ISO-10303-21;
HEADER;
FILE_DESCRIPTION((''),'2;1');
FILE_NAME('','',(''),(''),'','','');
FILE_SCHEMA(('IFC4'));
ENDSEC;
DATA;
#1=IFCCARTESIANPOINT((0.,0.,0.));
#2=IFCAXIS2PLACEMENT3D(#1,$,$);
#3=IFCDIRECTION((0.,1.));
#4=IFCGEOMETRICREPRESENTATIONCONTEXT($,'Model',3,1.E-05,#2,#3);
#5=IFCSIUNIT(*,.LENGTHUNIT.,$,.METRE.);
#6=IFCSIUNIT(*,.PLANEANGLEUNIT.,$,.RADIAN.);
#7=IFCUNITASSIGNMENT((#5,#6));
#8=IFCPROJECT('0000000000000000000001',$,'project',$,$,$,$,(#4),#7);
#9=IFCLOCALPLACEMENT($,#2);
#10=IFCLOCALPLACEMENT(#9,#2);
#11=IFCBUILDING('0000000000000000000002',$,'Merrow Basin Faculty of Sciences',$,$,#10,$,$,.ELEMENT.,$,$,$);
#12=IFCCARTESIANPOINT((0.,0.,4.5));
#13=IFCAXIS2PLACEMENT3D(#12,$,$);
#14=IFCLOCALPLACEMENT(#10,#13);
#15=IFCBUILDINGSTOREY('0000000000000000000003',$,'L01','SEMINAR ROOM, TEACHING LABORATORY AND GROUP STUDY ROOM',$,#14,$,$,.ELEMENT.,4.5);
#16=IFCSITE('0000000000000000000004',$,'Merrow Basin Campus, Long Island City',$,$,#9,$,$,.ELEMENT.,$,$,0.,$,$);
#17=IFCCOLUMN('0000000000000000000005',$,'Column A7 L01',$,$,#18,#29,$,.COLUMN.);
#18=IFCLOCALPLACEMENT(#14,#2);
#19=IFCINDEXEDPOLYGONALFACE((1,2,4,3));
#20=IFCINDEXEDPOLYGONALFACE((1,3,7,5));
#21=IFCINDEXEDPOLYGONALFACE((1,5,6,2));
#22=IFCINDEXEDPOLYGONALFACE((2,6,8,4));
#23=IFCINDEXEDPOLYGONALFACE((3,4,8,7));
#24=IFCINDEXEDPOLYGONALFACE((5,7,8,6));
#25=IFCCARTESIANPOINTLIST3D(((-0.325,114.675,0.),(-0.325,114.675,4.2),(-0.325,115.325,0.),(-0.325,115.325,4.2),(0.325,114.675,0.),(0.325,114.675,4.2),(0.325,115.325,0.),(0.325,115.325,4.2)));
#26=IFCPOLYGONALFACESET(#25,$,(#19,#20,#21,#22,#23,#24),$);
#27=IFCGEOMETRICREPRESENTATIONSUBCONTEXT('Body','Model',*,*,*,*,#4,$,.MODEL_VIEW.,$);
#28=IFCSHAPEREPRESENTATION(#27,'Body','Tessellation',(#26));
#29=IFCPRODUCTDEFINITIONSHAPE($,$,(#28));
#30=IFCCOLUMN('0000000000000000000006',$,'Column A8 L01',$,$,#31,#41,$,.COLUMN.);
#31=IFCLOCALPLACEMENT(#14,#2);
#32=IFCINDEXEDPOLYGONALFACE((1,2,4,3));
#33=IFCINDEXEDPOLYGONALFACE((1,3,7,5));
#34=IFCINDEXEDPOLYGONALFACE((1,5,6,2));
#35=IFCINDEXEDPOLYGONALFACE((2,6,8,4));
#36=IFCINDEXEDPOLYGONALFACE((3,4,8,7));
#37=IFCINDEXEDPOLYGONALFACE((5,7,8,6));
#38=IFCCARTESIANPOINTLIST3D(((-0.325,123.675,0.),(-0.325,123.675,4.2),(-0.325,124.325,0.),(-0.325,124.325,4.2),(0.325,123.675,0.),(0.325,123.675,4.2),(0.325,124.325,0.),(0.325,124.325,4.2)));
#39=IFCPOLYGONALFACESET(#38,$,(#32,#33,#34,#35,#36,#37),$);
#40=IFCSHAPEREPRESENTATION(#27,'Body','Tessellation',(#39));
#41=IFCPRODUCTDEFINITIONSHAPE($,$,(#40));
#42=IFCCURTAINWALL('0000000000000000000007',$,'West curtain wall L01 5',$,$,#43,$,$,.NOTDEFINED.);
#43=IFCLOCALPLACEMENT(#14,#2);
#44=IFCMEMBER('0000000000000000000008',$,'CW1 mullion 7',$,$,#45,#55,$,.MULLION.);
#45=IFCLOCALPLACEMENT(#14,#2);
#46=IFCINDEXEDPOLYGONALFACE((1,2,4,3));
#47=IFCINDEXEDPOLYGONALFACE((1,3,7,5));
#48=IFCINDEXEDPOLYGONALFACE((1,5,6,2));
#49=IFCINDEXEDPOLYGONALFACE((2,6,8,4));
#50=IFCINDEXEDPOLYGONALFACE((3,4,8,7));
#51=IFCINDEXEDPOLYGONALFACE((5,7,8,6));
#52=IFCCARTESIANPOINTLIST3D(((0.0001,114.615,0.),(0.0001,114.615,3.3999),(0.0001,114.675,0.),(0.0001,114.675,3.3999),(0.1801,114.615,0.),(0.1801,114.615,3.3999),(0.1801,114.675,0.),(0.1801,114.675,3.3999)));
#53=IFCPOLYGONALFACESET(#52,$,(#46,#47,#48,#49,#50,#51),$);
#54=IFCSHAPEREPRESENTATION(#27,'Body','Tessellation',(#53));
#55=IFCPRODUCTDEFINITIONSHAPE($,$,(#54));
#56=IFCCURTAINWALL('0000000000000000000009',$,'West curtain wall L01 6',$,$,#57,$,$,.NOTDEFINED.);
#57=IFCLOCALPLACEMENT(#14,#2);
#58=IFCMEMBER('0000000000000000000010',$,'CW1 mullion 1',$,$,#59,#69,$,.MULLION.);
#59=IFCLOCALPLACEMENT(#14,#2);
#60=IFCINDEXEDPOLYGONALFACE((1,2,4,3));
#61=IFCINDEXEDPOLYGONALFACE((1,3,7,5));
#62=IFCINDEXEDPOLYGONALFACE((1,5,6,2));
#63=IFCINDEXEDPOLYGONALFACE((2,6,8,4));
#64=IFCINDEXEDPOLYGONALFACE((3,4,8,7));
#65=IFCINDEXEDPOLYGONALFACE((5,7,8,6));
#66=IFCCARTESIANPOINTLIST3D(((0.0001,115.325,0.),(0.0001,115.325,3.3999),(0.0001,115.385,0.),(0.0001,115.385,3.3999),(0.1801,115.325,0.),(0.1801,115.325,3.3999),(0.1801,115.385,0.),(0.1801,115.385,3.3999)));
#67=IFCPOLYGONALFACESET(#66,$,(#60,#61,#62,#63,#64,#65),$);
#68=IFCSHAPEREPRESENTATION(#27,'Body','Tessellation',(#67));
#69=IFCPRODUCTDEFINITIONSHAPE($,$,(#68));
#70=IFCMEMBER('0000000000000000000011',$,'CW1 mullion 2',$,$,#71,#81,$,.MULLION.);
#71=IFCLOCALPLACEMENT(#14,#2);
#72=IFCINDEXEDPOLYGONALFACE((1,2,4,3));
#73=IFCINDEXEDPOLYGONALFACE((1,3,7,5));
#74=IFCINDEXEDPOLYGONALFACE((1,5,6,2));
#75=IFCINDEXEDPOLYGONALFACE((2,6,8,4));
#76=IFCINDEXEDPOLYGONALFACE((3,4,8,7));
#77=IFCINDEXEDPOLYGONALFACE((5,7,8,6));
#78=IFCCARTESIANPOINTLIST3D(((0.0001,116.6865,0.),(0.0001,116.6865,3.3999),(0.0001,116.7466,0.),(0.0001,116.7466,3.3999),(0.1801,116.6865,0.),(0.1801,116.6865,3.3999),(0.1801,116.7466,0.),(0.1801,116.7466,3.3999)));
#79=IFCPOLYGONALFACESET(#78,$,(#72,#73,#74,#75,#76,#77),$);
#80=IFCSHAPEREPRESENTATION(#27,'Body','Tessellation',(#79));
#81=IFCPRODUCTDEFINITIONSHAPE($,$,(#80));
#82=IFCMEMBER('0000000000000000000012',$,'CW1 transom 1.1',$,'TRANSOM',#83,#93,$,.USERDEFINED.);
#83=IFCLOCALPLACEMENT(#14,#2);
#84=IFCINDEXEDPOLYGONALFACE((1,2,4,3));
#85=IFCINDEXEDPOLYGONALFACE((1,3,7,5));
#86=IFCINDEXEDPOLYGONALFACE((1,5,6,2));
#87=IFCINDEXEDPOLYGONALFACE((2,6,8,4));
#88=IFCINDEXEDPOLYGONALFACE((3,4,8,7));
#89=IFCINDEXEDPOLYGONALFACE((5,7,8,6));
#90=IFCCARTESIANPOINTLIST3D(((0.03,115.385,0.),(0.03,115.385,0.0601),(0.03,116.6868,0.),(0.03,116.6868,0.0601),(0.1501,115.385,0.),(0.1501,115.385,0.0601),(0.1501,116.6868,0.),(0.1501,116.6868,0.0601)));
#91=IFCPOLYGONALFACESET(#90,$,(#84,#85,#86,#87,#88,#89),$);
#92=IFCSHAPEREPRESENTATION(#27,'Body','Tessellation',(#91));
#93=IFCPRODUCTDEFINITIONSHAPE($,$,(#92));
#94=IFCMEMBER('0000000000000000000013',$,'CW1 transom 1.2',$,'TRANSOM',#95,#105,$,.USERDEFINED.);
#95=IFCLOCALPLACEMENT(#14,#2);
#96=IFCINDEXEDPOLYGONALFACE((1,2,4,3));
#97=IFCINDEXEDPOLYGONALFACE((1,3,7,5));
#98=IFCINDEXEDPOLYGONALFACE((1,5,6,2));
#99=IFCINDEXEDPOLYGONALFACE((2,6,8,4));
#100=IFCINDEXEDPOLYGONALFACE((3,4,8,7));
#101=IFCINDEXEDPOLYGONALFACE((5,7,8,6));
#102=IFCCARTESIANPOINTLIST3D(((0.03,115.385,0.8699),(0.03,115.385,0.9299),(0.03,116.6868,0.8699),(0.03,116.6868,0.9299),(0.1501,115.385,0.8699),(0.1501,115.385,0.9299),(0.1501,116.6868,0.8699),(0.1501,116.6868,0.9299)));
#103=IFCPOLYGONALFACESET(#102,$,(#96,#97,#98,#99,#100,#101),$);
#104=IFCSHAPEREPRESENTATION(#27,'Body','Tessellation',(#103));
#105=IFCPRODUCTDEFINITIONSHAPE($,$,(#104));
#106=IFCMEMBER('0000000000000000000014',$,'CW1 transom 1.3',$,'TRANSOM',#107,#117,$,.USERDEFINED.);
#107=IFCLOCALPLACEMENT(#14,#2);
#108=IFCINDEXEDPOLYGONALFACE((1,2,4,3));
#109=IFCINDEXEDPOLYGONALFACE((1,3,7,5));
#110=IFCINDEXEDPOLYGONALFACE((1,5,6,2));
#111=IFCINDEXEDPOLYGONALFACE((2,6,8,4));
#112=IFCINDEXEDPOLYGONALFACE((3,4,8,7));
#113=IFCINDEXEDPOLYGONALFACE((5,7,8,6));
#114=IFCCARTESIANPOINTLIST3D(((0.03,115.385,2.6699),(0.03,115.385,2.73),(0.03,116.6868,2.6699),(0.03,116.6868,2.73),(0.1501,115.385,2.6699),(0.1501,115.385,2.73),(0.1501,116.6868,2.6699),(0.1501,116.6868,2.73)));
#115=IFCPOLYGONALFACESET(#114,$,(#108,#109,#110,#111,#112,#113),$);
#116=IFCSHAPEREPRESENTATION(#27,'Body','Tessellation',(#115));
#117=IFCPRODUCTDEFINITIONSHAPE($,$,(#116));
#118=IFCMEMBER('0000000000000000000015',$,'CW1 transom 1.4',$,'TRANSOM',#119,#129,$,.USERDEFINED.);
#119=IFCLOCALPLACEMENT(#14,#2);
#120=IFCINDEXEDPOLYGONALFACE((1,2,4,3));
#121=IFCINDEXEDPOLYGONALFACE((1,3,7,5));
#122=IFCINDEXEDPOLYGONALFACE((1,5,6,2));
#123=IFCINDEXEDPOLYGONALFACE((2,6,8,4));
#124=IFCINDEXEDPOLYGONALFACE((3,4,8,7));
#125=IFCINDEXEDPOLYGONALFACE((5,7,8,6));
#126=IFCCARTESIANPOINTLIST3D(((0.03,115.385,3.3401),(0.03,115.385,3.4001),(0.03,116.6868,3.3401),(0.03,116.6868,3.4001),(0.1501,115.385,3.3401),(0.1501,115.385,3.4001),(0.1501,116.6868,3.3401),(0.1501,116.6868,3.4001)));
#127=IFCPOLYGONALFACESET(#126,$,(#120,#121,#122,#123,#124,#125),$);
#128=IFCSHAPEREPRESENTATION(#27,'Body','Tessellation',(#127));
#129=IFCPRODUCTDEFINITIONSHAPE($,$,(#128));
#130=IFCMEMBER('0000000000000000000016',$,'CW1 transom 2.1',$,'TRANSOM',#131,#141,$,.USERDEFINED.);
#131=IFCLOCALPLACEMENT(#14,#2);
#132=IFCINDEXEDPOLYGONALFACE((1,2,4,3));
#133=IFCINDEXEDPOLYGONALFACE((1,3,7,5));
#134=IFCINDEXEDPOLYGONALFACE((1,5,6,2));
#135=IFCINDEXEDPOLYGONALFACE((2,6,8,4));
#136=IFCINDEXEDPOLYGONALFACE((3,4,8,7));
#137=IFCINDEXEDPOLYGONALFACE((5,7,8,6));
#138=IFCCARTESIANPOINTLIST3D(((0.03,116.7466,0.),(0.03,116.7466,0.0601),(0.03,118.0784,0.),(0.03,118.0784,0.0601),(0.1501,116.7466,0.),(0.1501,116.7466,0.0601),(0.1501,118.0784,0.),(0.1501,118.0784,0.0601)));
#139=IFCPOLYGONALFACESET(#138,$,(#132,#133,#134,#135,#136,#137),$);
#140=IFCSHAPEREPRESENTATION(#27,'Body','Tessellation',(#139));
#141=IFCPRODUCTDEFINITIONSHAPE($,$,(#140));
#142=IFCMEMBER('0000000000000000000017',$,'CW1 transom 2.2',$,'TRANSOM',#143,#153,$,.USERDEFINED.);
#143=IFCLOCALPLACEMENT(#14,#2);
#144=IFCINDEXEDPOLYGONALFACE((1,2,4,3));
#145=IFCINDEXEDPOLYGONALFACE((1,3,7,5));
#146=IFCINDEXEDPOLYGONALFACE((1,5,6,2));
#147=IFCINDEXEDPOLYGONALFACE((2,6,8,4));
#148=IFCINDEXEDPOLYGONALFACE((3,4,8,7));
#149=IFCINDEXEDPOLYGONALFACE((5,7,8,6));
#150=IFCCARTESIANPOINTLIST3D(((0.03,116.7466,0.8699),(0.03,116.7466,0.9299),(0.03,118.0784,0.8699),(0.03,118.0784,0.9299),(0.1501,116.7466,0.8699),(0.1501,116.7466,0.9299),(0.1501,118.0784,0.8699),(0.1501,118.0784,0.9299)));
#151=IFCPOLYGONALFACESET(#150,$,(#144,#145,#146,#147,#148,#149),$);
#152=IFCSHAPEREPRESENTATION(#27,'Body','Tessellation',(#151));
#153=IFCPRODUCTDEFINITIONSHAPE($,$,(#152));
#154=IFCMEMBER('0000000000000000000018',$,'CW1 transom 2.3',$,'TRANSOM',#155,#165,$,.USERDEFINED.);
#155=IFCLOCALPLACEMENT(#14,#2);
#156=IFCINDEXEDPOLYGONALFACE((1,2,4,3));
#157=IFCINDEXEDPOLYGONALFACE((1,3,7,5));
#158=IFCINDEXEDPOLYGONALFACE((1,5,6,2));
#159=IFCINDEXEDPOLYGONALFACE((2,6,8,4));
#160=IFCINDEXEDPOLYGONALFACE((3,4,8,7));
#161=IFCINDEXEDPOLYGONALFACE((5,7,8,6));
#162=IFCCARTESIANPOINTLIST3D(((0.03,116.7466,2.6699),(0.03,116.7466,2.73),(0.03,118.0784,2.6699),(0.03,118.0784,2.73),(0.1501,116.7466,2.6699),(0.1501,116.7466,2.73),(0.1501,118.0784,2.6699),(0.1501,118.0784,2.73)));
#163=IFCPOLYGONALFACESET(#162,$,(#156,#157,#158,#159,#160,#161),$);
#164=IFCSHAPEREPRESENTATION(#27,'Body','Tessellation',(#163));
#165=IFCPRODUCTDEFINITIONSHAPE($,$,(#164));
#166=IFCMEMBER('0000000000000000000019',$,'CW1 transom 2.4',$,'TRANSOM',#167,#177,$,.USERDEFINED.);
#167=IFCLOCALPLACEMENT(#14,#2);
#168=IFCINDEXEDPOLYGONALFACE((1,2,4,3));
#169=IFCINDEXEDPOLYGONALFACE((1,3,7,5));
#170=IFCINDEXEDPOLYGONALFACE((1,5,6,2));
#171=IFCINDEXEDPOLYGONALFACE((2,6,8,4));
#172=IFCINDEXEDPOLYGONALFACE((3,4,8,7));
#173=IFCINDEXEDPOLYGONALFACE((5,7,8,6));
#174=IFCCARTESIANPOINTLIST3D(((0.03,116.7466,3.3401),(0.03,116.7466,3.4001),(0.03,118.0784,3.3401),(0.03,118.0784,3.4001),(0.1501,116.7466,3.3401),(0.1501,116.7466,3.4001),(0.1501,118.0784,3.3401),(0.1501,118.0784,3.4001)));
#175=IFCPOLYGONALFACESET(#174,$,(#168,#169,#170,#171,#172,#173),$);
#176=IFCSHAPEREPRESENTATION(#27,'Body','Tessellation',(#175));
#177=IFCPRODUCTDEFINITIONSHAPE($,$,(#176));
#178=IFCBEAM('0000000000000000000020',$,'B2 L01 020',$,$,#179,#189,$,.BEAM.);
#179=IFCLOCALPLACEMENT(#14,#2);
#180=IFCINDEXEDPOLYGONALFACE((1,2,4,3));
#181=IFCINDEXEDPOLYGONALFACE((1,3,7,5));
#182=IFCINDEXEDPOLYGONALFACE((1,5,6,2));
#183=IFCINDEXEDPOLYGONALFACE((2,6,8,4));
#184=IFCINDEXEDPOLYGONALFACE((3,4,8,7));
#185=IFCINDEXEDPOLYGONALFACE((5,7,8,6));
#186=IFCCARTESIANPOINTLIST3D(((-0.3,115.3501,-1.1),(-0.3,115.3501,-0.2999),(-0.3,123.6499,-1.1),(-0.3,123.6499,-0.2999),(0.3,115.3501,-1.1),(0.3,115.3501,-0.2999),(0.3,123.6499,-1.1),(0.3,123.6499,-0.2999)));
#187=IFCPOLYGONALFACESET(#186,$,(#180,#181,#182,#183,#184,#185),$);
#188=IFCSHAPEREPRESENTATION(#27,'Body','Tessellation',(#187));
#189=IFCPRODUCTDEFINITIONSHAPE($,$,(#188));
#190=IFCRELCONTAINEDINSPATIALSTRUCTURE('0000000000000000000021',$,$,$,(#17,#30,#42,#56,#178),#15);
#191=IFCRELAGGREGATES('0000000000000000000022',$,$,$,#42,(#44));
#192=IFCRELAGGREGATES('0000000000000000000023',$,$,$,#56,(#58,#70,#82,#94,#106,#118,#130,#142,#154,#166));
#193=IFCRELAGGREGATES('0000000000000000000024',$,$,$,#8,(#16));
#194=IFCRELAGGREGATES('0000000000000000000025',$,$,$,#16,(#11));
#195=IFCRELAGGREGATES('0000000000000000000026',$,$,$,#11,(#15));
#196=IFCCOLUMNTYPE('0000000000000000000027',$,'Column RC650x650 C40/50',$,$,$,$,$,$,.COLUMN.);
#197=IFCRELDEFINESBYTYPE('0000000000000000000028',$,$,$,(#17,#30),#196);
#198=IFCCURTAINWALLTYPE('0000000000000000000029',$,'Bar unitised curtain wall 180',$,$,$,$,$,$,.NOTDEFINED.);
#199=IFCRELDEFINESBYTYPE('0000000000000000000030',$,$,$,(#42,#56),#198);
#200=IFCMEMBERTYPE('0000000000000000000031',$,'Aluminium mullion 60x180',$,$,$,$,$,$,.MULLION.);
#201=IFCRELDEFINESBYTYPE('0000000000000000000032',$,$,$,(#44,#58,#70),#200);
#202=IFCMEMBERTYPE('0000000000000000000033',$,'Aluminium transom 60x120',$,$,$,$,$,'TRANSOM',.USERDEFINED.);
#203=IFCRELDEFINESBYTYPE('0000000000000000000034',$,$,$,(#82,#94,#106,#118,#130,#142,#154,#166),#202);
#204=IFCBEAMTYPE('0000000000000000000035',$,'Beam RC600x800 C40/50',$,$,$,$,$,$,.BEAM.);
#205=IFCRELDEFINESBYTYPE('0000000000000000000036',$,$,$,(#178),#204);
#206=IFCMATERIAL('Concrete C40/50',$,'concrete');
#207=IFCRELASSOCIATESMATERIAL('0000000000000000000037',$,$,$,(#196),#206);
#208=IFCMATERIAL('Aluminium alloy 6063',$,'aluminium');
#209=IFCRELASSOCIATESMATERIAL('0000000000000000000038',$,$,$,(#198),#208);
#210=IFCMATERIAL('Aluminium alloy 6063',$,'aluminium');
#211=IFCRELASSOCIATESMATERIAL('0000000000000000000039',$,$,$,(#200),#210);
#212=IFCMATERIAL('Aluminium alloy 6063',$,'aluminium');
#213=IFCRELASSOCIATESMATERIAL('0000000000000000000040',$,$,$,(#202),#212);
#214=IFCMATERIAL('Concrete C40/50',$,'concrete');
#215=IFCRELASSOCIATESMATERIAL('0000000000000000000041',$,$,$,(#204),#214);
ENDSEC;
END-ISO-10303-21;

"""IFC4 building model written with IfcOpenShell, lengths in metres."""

from ifc_helpers import new_model, si_unit, direction, frame, origin, origin_2d, place, context, subcontext, project, spatial, rectangle, extrude, material, material_profile, profile_set, type_object, element, aggregate, save


model = new_model("IFC4")

# Units and contexts
model_context = context("Model", 3, precision=1e-05, world=origin(), true_north=direction((0.0, 1.0)))
body_context = subcontext(model_context, "Body", "Model", "MODEL_VIEW")
ifc_project = project(units=[si_unit("LENGTHUNIT", "METRE"), si_unit("PLANEANGLEUNIT", "RADIAN")], contexts=[model_context])

# Site, building, storey
site_placement = place(None, origin())
site = spatial("IfcSite", under=ifc_project, at=site_placement, Name="Merrow Basin Campus, Long Island City", CompositionType="ELEMENT", RefElevation=0.0)
building_placement = place(site_placement, origin())
building = spatial("IfcBuilding", under=site, at=building_placement, Name="Merrow Basin Faculty of Sciences", CompositionType="ELEMENT")
storey_placement = place(building_placement, frame((0.0, 0.0, 4.5)))
storey = spatial("IfcBuildingStorey", under=building, at=storey_placement, Name="L01", Description="SEMINAR ROOM, TEACHING LABORATORY AND GROUP STUDY ROOM", CompositionType="ELEMENT", Elevation=4.5)

# Columns
ifc_material_1 = material(Name="Concrete C40/50", Category="concrete")
ifc_material_profile_1 = material_profile(ifc_material_1, rectangle(XDim=0.6499, YDim=0.6499, at=origin_2d()))
ifc_profile_set_1 = profile_set([ifc_material_profile_1], Name="Concrete C40/50")
column_type = type_object("IfcColumnType", Name="Column RC650x650 C40/50", PredefinedType="COLUMN", material=ifc_profile_set_1)
for number, where, z_axis, x_axis, name in (
    (1, (0.0, 115.0, 0.0), (0.0, 0.0, 1.0), (1.0, 0.0, 0.0), "Column A7 L01"),
    (2, (0.0, 124.0, 0.0), (0.0, 0.0, 1.0), (1.0, 0.0, 0.0), "Column A8 L01"),
):
    element("IfcColumn", number, at=place(storey_placement, frame(where, z_axis=z_axis, x_axis=x_axis)), inside=storey, type_object=column_type, Name=name, PredefinedType="COLUMN", context=body_context, shape_type="SweptSolid", body=[
        extrude(rectangle(XDim=0.6499, YDim=0.6499, at=origin_2d()), origin(), (0.0, 0.0, 1.0), 4.2),
    ])

# Curtain wall, member
ifc_material_2 = material(Name="Aluminium alloy 6063", Category="aluminium")
curtain_wall_type = type_object("IfcCurtainWallType", Name="Bar unitised curtain wall 180", PredefinedType="NOTDEFINED", material=ifc_material_2)
curtain_wall_1_placement = place(storey_placement, origin())
curtain_wall_1 = element("IfcCurtainWall", 3, at=curtain_wall_1_placement, inside=storey, type_object=curtain_wall_type, Name="West curtain wall L01 5", PredefinedType="NOTDEFINED")
ifc_material_3 = material(Name="Aluminium alloy 6063", Category="aluminium")
ifc_material_profile_2 = material_profile(ifc_material_3, rectangle(XDim=0.1799, YDim=0.0601, at=origin_2d()))
ifc_profile_set_2 = profile_set([ifc_material_profile_2], Name="Aluminium alloy 6063")
member_type_1 = type_object("IfcMemberType", Name="Aluminium mullion 60x180", PredefinedType="MULLION", material=ifc_profile_set_2)
member_1_placement = place(storey_placement, frame((0.0901, 114.645, 0.0), z_axis=(0.0, 0.0, 1.0), x_axis=(-1.0, 0.0, 0.0)))
member_1 = element("IfcMember", 4, at=member_1_placement, type_object=member_type_1, Name="CW1 mullion 7", PredefinedType="MULLION", context=body_context, shape_type="SweptSolid", body=[
    extrude(rectangle(XDim=0.1799, YDim=0.0601, at=origin_2d()), origin(), (0.0, 0.0, 1.0), 3.3999),
])

# Curtain wall, members
curtain_wall_2_placement = place(storey_placement, origin())
curtain_wall_2 = element("IfcCurtainWall", 5, at=curtain_wall_2_placement, inside=storey, type_object=curtain_wall_type, Name="West curtain wall L01 6", PredefinedType="NOTDEFINED")
member_2_placement = place(storey_placement, frame((0.0901, 115.355, 0.0), z_axis=(0.0, 0.0, 1.0), x_axis=(-1.0, 0.0, 0.0)))
member_2 = element("IfcMember", 6, at=member_2_placement, type_object=member_type_1, Name="CW1 mullion 1", PredefinedType="MULLION", context=body_context, shape_type="SweptSolid", body=[
    extrude(rectangle(XDim=0.1799, YDim=0.0601, at=origin_2d()), origin(), (0.0, 0.0, 1.0), 3.3999),
])
member_3_placement = place(storey_placement, frame((0.0901, 116.7166, 0.0), z_axis=(0.0, 0.0, 1.0), x_axis=(-1.0, 0.0, 0.0)))
member_3 = element("IfcMember", 7, at=member_3_placement, type_object=member_type_1, Name="CW1 mullion 2", PredefinedType="MULLION", context=body_context, shape_type="SweptSolid", body=[
    extrude(rectangle(XDim=0.1799, YDim=0.0601, at=origin_2d()), origin(), (0.0, 0.0, 1.0), 3.3999),
])
ifc_material_4 = material(Name="Aluminium alloy 6063", Category="aluminium")
ifc_material_profile_3 = material_profile(ifc_material_4, rectangle(XDim=0.1201, YDim=0.0601, at=origin_2d()))
ifc_profile_set_3 = profile_set([ifc_material_profile_3], Name="Aluminium alloy 6063")
member_type_2 = type_object("IfcMemberType", Name="Aluminium transom 60x120", ElementType="TRANSOM", PredefinedType="USERDEFINED", material=ifc_profile_set_3)
member_4_placement = place(storey_placement, frame((0.0901, 115.385, 0.03), z_axis=(0.0, 1.0, 0.0), x_axis=(-1.0, 0.0, 0.0)))
member_4 = element("IfcMember", 8, at=member_4_placement, type_object=member_type_2, Name="CW1 transom 1.1", ObjectType="TRANSOM", PredefinedType="USERDEFINED", context=body_context, shape_type="SweptSolid", body=[
    extrude(rectangle(XDim=0.1201, YDim=0.0601, at=origin_2d()), origin(), (0.0, 0.0, 1.0), 1.3018),
])
member_5_placement = place(storey_placement, frame((0.0901, 115.385, 0.8999), z_axis=(0.0, 1.0, 0.0), x_axis=(-1.0, 0.0, 0.0)))
member_5 = element("IfcMember", 9, at=member_5_placement, type_object=member_type_2, Name="CW1 transom 1.2", ObjectType="TRANSOM", PredefinedType="USERDEFINED", context=body_context, shape_type="SweptSolid", body=[
    extrude(rectangle(XDim=0.1201, YDim=0.0601, at=origin_2d()), origin(), (0.0, 0.0, 1.0), 1.3018),
])
member_6_placement = place(storey_placement, frame((0.0901, 115.385, 2.7), z_axis=(0.0, 1.0, 0.0), x_axis=(-1.0, 0.0, 0.0)))
member_6 = element("IfcMember", 10, at=member_6_placement, type_object=member_type_2, Name="CW1 transom 1.3", ObjectType="TRANSOM", PredefinedType="USERDEFINED", context=body_context, shape_type="SweptSolid", body=[
    extrude(rectangle(XDim=0.1201, YDim=0.0601, at=origin_2d()), origin(), (0.0, 0.0, 1.0), 1.3018),
])
member_7_placement = place(storey_placement, frame((0.0901, 115.385, 3.3701), z_axis=(0.0, 1.0, 0.0), x_axis=(-1.0, 0.0, 0.0)))
member_7 = element("IfcMember", 11, at=member_7_placement, type_object=member_type_2, Name="CW1 transom 1.4", ObjectType="TRANSOM", PredefinedType="USERDEFINED", context=body_context, shape_type="SweptSolid", body=[
    extrude(rectangle(XDim=0.1201, YDim=0.0601, at=origin_2d()), origin(), (0.0, 0.0, 1.0), 1.3018),
])
member_8_placement = place(storey_placement, frame((0.0901, 116.7466, 0.03), z_axis=(0.0, 1.0, 0.0), x_axis=(-1.0, 0.0, 0.0)))
member_8 = element("IfcMember", 12, at=member_8_placement, type_object=member_type_2, Name="CW1 transom 2.1", ObjectType="TRANSOM", PredefinedType="USERDEFINED", context=body_context, shape_type="SweptSolid", body=[
    extrude(rectangle(XDim=0.1201, YDim=0.0601, at=origin_2d()), origin(), (0.0, 0.0, 1.0), 1.3318),
])
member_9_placement = place(storey_placement, frame((0.0901, 116.7466, 0.8999), z_axis=(0.0, 1.0, 0.0), x_axis=(-1.0, 0.0, 0.0)))
member_9 = element("IfcMember", 13, at=member_9_placement, type_object=member_type_2, Name="CW1 transom 2.2", ObjectType="TRANSOM", PredefinedType="USERDEFINED", context=body_context, shape_type="SweptSolid", body=[
    extrude(rectangle(XDim=0.1201, YDim=0.0601, at=origin_2d()), origin(), (0.0, 0.0, 1.0), 1.3318),
])
member_10_placement = place(storey_placement, frame((0.0901, 116.7466, 2.7), z_axis=(0.0, 1.0, 0.0), x_axis=(-1.0, 0.0, 0.0)))
member_10 = element("IfcMember", 14, at=member_10_placement, type_object=member_type_2, Name="CW1 transom 2.3", ObjectType="TRANSOM", PredefinedType="USERDEFINED", context=body_context, shape_type="SweptSolid", body=[
    extrude(rectangle(XDim=0.1201, YDim=0.0601, at=origin_2d()), origin(), (0.0, 0.0, 1.0), 1.3318),
])
member_11_placement = place(storey_placement, frame((0.0901, 116.7466, 3.3701), z_axis=(0.0, 1.0, 0.0), x_axis=(-1.0, 0.0, 0.0)))
member_11 = element("IfcMember", 15, at=member_11_placement, type_object=member_type_2, Name="CW1 transom 2.4", ObjectType="TRANSOM", PredefinedType="USERDEFINED", context=body_context, shape_type="SweptSolid", body=[
    extrude(rectangle(XDim=0.1201, YDim=0.0601, at=origin_2d()), origin(), (0.0, 0.0, 1.0), 1.3318),
])

# Beam
ifc_material_5 = material(Name="Concrete C40/50", Category="concrete")
ifc_material_profile_4 = material_profile(ifc_material_5, rectangle(XDim=0.6001, YDim=0.8, at=origin_2d()))
ifc_profile_set_4 = profile_set([ifc_material_profile_4], Name="Concrete C40/50")
beam_type = type_object("IfcBeamType", Name="Beam RC600x800 C40/50", PredefinedType="BEAM", material=ifc_profile_set_4)
beam_placement = place(storey_placement, frame((0.0, 115.3501, -0.7), z_axis=(0.0, 1.0, 0.0), x_axis=(-1.0, 0.0, 0.0)))
element("IfcBeam", 16, at=beam_placement, inside=storey, type_object=beam_type, Name="B2 L01 020", PredefinedType="BEAM", context=body_context, shape_type="SweptSolid", body=[
    extrude(rectangle(XDim=0.6001, YDim=0.8, at=origin_2d()), origin(), (0.0, 0.0, 1.0), 8.2998),
])

aggregate(curtain_wall_1, [member_1])
aggregate(curtain_wall_2, [member_2, member_3, member_4, member_5, member_6, member_7, member_8, member_9, member_10, member_11])

save(model, "model.ifc")
